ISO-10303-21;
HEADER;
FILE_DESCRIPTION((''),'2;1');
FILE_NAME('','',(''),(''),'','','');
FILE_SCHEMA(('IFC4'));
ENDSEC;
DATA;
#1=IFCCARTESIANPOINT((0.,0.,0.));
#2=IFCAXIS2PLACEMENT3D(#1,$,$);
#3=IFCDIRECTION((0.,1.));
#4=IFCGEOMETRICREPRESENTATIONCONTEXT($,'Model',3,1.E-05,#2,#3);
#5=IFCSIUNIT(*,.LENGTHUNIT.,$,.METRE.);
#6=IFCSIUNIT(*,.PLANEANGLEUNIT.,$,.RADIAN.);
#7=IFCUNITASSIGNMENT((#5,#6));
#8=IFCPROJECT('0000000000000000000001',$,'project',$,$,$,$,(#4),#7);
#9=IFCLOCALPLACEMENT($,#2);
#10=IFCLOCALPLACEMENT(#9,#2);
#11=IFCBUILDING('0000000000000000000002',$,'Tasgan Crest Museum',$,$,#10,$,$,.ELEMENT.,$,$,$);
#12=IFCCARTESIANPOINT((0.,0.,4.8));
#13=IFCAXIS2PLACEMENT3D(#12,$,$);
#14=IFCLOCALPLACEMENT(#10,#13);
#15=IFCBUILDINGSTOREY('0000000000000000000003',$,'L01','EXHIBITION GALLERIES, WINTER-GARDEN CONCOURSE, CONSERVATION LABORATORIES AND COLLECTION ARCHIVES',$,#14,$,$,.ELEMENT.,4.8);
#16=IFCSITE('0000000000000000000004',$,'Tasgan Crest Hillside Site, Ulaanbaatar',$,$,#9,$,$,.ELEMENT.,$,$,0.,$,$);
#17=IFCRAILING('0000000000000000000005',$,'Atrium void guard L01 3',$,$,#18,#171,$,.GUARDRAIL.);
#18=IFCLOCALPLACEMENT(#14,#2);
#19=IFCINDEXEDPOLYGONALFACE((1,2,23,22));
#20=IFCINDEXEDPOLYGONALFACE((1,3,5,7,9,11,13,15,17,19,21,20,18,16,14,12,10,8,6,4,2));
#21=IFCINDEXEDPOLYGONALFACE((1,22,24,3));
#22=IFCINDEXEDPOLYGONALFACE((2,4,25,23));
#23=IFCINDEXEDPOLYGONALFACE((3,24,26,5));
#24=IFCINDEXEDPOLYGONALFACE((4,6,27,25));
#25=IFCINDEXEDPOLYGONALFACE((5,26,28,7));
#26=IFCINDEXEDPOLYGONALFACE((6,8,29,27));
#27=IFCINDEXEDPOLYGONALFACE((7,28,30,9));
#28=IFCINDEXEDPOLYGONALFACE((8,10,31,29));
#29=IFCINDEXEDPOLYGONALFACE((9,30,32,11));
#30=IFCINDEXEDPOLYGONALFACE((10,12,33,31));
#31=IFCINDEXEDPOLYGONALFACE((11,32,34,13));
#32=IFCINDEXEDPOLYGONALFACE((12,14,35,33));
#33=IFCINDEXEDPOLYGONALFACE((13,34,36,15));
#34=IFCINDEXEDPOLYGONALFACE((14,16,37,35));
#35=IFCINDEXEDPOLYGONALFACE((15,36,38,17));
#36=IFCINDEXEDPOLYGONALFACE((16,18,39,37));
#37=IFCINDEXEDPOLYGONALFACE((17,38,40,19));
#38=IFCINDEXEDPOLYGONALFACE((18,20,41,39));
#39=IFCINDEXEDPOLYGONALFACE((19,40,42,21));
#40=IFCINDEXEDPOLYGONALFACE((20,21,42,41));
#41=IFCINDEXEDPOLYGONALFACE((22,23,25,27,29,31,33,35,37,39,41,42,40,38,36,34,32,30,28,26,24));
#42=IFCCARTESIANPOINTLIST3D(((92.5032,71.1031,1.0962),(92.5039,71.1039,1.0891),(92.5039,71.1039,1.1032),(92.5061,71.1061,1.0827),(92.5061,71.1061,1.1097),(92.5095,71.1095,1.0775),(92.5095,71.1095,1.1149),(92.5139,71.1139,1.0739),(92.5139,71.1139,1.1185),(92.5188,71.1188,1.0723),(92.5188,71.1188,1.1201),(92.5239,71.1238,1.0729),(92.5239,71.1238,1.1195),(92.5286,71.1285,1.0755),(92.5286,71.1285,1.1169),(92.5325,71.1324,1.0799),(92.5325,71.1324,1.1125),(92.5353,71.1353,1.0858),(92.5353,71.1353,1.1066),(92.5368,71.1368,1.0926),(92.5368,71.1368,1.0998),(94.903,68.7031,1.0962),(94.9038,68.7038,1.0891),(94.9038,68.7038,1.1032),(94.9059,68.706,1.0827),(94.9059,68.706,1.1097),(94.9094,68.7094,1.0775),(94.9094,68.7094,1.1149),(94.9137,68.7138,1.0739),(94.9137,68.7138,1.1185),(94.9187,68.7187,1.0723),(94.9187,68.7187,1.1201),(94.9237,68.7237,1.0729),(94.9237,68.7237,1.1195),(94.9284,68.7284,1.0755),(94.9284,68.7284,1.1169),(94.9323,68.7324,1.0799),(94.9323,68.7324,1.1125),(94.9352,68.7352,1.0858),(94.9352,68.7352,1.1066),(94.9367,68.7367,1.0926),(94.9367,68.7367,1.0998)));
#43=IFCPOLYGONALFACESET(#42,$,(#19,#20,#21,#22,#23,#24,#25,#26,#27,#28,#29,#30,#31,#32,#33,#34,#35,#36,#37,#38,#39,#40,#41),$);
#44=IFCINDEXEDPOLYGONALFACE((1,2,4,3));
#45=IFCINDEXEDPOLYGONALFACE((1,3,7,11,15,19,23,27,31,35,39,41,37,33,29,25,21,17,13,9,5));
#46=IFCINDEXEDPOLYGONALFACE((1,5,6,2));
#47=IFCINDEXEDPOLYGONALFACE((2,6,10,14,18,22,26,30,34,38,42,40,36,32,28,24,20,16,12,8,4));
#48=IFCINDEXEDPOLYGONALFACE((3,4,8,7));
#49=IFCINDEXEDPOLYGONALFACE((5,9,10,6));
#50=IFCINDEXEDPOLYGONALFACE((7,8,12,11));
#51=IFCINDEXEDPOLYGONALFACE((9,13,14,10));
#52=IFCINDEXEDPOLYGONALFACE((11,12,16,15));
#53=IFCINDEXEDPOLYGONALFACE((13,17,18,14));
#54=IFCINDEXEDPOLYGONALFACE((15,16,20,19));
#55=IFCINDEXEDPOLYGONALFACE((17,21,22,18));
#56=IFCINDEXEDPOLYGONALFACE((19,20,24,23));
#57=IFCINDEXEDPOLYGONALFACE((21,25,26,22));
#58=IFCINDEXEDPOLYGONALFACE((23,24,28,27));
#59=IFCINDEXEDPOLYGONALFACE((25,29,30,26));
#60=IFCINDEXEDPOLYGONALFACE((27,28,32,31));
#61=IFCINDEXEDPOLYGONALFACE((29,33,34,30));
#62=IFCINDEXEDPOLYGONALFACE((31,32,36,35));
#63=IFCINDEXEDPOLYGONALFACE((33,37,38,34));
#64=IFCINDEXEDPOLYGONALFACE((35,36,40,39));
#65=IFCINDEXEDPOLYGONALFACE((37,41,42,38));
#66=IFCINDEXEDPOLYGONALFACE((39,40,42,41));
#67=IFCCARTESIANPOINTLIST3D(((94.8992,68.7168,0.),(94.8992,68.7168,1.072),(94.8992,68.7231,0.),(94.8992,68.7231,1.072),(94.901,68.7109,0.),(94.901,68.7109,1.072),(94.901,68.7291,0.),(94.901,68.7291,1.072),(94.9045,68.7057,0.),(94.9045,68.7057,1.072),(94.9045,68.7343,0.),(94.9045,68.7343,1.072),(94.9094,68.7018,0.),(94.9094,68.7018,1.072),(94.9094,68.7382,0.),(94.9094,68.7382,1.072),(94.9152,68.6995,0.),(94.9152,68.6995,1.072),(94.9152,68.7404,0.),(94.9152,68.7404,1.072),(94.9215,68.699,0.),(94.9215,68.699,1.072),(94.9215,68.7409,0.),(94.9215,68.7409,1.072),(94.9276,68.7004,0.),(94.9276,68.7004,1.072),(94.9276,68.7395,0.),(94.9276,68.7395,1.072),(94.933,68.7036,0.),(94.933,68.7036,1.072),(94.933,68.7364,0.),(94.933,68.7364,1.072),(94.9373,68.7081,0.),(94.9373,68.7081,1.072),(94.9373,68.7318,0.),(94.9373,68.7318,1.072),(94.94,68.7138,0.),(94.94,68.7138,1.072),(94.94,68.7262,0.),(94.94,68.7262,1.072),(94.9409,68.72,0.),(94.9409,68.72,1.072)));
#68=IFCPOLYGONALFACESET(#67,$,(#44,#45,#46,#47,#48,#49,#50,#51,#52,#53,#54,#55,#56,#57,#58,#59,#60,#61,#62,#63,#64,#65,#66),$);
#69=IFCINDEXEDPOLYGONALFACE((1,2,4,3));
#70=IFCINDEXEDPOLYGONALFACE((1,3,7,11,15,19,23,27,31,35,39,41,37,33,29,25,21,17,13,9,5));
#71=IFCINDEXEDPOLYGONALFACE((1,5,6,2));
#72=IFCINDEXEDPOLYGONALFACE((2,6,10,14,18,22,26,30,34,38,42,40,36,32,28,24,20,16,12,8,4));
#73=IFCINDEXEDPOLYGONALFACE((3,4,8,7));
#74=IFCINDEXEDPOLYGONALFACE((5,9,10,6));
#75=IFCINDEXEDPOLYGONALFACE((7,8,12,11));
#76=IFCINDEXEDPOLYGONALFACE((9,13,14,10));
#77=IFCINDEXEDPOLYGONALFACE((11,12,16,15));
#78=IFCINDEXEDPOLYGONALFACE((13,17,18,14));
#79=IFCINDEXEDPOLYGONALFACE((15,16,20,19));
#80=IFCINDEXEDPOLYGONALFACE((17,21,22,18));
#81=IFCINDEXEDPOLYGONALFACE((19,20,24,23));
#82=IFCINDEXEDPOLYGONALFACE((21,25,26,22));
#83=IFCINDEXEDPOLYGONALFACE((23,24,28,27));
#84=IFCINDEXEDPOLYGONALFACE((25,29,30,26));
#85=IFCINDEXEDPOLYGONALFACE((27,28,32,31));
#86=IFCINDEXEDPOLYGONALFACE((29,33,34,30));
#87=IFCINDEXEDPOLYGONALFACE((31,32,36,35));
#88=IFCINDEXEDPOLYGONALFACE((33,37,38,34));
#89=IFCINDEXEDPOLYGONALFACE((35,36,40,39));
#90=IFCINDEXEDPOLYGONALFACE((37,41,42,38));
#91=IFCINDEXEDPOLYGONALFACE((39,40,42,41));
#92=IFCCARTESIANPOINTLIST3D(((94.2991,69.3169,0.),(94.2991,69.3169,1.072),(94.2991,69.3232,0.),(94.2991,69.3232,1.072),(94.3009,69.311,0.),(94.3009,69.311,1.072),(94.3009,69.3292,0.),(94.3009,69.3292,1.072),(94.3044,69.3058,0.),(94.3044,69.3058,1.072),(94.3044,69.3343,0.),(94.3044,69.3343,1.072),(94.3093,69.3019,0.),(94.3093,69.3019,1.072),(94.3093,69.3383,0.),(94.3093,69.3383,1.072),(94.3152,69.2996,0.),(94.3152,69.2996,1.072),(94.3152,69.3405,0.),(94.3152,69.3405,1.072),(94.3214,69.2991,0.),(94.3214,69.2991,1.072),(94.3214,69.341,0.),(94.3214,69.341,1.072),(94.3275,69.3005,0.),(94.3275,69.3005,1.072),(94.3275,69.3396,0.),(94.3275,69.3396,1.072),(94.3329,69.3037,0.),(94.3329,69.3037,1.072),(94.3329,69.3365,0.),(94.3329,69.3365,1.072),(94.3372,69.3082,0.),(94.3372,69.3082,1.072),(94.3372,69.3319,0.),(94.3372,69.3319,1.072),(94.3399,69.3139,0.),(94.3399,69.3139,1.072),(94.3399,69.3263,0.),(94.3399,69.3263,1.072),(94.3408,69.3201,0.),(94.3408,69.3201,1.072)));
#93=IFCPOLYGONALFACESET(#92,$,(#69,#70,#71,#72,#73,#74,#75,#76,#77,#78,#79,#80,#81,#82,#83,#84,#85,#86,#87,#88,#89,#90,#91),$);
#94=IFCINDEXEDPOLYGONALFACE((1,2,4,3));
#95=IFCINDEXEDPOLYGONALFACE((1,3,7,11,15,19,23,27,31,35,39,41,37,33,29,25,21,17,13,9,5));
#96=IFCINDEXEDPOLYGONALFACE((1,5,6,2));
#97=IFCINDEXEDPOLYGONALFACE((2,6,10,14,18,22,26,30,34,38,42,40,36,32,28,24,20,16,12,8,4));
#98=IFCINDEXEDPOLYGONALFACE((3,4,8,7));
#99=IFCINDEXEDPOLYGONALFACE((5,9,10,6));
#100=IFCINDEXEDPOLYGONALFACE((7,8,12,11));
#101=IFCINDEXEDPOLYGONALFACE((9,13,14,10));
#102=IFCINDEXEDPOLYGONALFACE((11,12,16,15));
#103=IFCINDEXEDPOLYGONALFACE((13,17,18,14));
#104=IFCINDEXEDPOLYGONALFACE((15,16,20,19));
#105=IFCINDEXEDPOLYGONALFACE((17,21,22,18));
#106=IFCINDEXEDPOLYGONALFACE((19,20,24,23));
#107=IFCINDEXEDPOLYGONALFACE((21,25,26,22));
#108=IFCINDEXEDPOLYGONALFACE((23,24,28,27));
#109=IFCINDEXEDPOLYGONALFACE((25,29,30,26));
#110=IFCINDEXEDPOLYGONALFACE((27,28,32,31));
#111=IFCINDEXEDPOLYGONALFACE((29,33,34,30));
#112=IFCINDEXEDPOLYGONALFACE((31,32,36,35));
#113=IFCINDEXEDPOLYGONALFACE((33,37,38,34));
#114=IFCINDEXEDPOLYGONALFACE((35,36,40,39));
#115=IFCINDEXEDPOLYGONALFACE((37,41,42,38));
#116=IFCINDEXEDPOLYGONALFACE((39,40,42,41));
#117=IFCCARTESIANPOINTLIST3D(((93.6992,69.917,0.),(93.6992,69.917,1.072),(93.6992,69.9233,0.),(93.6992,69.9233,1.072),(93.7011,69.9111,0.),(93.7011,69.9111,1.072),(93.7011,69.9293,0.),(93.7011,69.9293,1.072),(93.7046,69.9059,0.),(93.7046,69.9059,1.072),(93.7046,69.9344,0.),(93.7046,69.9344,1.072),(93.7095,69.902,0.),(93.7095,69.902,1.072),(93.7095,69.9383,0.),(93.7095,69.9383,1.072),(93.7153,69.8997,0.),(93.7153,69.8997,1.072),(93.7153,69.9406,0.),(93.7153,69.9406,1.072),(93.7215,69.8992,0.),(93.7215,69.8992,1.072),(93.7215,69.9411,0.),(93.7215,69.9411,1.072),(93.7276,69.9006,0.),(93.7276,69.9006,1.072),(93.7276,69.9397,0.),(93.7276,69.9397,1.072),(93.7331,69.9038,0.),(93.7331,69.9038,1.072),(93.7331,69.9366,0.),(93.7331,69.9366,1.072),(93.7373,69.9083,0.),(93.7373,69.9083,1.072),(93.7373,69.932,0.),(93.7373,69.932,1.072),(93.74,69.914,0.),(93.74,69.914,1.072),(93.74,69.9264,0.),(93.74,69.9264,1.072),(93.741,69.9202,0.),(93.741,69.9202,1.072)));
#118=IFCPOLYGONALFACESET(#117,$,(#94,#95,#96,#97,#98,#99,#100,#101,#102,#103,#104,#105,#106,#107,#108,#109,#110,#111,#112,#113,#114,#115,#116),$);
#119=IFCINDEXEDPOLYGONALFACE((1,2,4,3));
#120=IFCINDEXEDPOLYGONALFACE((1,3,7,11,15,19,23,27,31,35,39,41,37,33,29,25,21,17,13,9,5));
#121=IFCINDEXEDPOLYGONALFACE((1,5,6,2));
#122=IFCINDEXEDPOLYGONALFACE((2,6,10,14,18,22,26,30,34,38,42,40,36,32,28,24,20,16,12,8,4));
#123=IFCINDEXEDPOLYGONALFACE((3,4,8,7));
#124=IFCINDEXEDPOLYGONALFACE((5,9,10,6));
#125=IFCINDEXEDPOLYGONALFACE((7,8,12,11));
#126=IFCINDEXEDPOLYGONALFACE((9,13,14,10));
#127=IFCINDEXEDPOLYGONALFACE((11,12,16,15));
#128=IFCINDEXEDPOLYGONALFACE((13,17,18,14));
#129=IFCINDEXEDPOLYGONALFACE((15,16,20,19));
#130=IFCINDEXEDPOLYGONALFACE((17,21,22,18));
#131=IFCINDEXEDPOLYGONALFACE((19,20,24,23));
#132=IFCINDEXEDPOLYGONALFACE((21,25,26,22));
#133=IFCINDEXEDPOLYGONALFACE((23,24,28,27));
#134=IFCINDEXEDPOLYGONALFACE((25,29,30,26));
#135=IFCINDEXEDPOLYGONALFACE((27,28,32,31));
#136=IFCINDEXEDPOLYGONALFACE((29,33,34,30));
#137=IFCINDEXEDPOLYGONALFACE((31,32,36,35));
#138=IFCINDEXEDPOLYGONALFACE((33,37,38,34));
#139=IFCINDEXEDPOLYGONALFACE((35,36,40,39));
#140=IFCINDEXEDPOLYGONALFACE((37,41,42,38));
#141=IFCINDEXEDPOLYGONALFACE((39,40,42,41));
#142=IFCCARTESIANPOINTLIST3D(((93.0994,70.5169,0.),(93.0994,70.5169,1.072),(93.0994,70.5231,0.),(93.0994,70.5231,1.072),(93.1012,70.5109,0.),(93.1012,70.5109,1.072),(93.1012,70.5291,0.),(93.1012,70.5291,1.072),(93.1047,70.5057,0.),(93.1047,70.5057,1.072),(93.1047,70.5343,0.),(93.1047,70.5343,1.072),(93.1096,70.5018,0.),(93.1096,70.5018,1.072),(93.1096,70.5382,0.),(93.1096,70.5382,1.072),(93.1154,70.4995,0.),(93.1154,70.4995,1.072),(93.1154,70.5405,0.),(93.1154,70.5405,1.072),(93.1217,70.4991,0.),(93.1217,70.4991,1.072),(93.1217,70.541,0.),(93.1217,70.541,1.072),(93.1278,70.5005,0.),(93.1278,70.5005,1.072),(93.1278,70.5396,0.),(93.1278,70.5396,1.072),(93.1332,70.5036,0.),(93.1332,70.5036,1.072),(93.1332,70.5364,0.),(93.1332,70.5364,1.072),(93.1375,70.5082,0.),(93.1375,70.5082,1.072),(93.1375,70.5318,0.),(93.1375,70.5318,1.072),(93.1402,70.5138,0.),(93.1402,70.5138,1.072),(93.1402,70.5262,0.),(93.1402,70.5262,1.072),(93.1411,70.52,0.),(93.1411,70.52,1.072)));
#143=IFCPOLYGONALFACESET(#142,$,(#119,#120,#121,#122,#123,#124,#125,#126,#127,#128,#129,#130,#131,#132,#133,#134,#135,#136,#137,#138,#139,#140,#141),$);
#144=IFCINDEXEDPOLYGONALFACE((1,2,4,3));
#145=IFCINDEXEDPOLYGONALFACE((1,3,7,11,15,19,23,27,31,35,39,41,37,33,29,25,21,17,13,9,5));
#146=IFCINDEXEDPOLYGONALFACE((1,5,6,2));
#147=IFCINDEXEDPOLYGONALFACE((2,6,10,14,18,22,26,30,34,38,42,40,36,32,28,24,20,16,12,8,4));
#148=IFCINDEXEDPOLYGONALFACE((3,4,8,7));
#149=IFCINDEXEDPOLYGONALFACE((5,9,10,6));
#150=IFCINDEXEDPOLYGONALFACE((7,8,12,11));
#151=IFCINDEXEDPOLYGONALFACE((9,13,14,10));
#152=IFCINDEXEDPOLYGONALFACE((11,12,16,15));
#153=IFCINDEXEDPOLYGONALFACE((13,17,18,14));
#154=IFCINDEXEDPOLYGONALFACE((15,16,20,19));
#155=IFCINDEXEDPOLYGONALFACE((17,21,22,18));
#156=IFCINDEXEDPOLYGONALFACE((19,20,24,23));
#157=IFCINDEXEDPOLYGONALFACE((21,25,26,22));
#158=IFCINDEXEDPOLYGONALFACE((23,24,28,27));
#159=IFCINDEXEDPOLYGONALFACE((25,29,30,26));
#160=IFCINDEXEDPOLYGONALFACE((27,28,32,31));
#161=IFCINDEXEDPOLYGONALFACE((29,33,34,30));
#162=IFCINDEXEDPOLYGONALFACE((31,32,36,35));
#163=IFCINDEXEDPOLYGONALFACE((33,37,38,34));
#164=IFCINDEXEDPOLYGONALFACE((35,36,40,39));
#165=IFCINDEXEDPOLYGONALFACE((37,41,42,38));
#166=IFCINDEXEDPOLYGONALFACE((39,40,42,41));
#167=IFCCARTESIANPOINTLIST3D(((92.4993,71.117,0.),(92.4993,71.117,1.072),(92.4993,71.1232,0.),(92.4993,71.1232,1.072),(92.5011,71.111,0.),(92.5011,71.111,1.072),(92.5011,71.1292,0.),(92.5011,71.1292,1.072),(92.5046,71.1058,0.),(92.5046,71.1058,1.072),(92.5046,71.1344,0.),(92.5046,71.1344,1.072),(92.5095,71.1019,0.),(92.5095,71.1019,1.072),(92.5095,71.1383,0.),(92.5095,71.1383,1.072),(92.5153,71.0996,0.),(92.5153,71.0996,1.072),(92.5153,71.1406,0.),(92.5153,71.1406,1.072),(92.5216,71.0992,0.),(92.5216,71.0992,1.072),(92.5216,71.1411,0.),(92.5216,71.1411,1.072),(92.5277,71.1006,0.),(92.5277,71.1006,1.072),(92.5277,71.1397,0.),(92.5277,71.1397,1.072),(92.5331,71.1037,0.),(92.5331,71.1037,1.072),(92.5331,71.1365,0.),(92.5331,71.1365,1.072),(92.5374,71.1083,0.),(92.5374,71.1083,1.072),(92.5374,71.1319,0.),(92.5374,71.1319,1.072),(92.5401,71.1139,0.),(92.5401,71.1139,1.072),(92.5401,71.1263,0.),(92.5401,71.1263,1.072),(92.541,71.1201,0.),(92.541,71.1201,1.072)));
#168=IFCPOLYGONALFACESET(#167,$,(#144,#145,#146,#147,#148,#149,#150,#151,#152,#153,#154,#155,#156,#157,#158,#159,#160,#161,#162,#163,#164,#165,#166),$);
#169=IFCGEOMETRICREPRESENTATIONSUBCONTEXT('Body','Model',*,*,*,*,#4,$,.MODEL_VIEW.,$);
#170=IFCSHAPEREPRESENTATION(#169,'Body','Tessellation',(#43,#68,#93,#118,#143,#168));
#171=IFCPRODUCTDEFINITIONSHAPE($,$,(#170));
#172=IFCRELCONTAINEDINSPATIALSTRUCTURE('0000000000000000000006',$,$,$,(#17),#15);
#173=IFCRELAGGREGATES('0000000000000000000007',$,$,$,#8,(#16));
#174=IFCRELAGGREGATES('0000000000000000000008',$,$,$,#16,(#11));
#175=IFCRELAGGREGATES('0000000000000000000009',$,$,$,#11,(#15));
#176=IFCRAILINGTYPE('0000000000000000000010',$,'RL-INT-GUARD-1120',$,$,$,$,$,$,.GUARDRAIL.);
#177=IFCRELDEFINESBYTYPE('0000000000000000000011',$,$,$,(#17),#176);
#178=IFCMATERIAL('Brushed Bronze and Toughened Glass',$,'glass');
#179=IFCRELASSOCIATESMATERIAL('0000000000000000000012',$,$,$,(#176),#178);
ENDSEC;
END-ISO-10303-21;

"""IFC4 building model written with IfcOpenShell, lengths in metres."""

from ifc_helpers import new_model, si_unit, direction, frame, origin, origin_2d, place, context, subcontext, project, spatial, circle, extrude, material, type_object, element, save


model = new_model("IFC4")

# Units and contexts
model_context = context("Model", 3, precision=1e-05, world=origin(), true_north=direction((0.0, 1.0)))
body_context = subcontext(model_context, "Body", "Model", "MODEL_VIEW")
ifc_project = project(units=[si_unit("LENGTHUNIT", "METRE"), si_unit("PLANEANGLEUNIT", "RADIAN")], contexts=[model_context])

# Site, building, storey
site_placement = place(None, origin())
site = spatial("IfcSite", under=ifc_project, at=site_placement, Name="Tasgan Crest Hillside Site, Ulaanbaatar", CompositionType="ELEMENT", RefElevation=0.0)
building_placement = place(site_placement, origin())
building = spatial("IfcBuilding", under=site, at=building_placement, Name="Tasgan Crest Museum", CompositionType="ELEMENT")
storey_placement = place(building_placement, frame((0.0, 0.0, 4.8)))
storey = spatial("IfcBuildingStorey", under=building, at=storey_placement, Name="L01", Description="EXHIBITION GALLERIES, WINTER-GARDEN CONCOURSE, CONSERVATION LABORATORIES AND COLLECTION ARCHIVES", CompositionType="ELEMENT", Elevation=4.8)

# Railing
ifc_material_1 = material(Name="Brushed Bronze and Toughened Glass", Category="glass")
railing_type_1 = type_object("IfcRailingType", Name="RL-INT-GUARD-1120", PredefinedType="GUARDRAIL", material=ifc_material_1)
railing_1_placement = place(storey_placement, frame((94.9199, 68.72, 0.0)))
element("IfcRailing", 1, at=railing_1_placement, inside=storey, type_object=railing_type_1, Name="Atrium void guard L01 3", PredefinedType="GUARDRAIL", context=body_context, shape_type="SweptSolid", body=[
    extrude(circle(Radius=0.0239, at=origin_2d()), frame((0.0, 0.0, 1.0962), z_axis=(-0.707071, 0.707143, 0.0), x_axis=(-0.707143, -0.707071, 0.0)), (0.0, 0.0, 1.0), 3.394),
    extrude(circle(Radius=0.021, at=origin_2d()), origin(), (0.0, 0.0, 1.0), 1.072),
    extrude(circle(Radius=0.021, at=origin_2d()), frame((-0.6001, 0.6001, 0.0)), (0.0, 0.0, 1.0), 1.072),
    extrude(circle(Radius=0.021, at=origin_2d()), frame((-1.2, 1.2002, 0.0)), (0.0, 0.0, 1.0), 1.072),
    extrude(circle(Radius=0.021, at=origin_2d()), frame((-1.7998, 1.8, 0.0)), (0.0, 0.0, 1.0), 1.072),
    extrude(circle(Radius=0.021, at=origin_2d()), frame((-2.3999, 2.4001, 0.0)), (0.0, 0.0, 1.0), 1.072),
])

save(model, "model.ifc")
